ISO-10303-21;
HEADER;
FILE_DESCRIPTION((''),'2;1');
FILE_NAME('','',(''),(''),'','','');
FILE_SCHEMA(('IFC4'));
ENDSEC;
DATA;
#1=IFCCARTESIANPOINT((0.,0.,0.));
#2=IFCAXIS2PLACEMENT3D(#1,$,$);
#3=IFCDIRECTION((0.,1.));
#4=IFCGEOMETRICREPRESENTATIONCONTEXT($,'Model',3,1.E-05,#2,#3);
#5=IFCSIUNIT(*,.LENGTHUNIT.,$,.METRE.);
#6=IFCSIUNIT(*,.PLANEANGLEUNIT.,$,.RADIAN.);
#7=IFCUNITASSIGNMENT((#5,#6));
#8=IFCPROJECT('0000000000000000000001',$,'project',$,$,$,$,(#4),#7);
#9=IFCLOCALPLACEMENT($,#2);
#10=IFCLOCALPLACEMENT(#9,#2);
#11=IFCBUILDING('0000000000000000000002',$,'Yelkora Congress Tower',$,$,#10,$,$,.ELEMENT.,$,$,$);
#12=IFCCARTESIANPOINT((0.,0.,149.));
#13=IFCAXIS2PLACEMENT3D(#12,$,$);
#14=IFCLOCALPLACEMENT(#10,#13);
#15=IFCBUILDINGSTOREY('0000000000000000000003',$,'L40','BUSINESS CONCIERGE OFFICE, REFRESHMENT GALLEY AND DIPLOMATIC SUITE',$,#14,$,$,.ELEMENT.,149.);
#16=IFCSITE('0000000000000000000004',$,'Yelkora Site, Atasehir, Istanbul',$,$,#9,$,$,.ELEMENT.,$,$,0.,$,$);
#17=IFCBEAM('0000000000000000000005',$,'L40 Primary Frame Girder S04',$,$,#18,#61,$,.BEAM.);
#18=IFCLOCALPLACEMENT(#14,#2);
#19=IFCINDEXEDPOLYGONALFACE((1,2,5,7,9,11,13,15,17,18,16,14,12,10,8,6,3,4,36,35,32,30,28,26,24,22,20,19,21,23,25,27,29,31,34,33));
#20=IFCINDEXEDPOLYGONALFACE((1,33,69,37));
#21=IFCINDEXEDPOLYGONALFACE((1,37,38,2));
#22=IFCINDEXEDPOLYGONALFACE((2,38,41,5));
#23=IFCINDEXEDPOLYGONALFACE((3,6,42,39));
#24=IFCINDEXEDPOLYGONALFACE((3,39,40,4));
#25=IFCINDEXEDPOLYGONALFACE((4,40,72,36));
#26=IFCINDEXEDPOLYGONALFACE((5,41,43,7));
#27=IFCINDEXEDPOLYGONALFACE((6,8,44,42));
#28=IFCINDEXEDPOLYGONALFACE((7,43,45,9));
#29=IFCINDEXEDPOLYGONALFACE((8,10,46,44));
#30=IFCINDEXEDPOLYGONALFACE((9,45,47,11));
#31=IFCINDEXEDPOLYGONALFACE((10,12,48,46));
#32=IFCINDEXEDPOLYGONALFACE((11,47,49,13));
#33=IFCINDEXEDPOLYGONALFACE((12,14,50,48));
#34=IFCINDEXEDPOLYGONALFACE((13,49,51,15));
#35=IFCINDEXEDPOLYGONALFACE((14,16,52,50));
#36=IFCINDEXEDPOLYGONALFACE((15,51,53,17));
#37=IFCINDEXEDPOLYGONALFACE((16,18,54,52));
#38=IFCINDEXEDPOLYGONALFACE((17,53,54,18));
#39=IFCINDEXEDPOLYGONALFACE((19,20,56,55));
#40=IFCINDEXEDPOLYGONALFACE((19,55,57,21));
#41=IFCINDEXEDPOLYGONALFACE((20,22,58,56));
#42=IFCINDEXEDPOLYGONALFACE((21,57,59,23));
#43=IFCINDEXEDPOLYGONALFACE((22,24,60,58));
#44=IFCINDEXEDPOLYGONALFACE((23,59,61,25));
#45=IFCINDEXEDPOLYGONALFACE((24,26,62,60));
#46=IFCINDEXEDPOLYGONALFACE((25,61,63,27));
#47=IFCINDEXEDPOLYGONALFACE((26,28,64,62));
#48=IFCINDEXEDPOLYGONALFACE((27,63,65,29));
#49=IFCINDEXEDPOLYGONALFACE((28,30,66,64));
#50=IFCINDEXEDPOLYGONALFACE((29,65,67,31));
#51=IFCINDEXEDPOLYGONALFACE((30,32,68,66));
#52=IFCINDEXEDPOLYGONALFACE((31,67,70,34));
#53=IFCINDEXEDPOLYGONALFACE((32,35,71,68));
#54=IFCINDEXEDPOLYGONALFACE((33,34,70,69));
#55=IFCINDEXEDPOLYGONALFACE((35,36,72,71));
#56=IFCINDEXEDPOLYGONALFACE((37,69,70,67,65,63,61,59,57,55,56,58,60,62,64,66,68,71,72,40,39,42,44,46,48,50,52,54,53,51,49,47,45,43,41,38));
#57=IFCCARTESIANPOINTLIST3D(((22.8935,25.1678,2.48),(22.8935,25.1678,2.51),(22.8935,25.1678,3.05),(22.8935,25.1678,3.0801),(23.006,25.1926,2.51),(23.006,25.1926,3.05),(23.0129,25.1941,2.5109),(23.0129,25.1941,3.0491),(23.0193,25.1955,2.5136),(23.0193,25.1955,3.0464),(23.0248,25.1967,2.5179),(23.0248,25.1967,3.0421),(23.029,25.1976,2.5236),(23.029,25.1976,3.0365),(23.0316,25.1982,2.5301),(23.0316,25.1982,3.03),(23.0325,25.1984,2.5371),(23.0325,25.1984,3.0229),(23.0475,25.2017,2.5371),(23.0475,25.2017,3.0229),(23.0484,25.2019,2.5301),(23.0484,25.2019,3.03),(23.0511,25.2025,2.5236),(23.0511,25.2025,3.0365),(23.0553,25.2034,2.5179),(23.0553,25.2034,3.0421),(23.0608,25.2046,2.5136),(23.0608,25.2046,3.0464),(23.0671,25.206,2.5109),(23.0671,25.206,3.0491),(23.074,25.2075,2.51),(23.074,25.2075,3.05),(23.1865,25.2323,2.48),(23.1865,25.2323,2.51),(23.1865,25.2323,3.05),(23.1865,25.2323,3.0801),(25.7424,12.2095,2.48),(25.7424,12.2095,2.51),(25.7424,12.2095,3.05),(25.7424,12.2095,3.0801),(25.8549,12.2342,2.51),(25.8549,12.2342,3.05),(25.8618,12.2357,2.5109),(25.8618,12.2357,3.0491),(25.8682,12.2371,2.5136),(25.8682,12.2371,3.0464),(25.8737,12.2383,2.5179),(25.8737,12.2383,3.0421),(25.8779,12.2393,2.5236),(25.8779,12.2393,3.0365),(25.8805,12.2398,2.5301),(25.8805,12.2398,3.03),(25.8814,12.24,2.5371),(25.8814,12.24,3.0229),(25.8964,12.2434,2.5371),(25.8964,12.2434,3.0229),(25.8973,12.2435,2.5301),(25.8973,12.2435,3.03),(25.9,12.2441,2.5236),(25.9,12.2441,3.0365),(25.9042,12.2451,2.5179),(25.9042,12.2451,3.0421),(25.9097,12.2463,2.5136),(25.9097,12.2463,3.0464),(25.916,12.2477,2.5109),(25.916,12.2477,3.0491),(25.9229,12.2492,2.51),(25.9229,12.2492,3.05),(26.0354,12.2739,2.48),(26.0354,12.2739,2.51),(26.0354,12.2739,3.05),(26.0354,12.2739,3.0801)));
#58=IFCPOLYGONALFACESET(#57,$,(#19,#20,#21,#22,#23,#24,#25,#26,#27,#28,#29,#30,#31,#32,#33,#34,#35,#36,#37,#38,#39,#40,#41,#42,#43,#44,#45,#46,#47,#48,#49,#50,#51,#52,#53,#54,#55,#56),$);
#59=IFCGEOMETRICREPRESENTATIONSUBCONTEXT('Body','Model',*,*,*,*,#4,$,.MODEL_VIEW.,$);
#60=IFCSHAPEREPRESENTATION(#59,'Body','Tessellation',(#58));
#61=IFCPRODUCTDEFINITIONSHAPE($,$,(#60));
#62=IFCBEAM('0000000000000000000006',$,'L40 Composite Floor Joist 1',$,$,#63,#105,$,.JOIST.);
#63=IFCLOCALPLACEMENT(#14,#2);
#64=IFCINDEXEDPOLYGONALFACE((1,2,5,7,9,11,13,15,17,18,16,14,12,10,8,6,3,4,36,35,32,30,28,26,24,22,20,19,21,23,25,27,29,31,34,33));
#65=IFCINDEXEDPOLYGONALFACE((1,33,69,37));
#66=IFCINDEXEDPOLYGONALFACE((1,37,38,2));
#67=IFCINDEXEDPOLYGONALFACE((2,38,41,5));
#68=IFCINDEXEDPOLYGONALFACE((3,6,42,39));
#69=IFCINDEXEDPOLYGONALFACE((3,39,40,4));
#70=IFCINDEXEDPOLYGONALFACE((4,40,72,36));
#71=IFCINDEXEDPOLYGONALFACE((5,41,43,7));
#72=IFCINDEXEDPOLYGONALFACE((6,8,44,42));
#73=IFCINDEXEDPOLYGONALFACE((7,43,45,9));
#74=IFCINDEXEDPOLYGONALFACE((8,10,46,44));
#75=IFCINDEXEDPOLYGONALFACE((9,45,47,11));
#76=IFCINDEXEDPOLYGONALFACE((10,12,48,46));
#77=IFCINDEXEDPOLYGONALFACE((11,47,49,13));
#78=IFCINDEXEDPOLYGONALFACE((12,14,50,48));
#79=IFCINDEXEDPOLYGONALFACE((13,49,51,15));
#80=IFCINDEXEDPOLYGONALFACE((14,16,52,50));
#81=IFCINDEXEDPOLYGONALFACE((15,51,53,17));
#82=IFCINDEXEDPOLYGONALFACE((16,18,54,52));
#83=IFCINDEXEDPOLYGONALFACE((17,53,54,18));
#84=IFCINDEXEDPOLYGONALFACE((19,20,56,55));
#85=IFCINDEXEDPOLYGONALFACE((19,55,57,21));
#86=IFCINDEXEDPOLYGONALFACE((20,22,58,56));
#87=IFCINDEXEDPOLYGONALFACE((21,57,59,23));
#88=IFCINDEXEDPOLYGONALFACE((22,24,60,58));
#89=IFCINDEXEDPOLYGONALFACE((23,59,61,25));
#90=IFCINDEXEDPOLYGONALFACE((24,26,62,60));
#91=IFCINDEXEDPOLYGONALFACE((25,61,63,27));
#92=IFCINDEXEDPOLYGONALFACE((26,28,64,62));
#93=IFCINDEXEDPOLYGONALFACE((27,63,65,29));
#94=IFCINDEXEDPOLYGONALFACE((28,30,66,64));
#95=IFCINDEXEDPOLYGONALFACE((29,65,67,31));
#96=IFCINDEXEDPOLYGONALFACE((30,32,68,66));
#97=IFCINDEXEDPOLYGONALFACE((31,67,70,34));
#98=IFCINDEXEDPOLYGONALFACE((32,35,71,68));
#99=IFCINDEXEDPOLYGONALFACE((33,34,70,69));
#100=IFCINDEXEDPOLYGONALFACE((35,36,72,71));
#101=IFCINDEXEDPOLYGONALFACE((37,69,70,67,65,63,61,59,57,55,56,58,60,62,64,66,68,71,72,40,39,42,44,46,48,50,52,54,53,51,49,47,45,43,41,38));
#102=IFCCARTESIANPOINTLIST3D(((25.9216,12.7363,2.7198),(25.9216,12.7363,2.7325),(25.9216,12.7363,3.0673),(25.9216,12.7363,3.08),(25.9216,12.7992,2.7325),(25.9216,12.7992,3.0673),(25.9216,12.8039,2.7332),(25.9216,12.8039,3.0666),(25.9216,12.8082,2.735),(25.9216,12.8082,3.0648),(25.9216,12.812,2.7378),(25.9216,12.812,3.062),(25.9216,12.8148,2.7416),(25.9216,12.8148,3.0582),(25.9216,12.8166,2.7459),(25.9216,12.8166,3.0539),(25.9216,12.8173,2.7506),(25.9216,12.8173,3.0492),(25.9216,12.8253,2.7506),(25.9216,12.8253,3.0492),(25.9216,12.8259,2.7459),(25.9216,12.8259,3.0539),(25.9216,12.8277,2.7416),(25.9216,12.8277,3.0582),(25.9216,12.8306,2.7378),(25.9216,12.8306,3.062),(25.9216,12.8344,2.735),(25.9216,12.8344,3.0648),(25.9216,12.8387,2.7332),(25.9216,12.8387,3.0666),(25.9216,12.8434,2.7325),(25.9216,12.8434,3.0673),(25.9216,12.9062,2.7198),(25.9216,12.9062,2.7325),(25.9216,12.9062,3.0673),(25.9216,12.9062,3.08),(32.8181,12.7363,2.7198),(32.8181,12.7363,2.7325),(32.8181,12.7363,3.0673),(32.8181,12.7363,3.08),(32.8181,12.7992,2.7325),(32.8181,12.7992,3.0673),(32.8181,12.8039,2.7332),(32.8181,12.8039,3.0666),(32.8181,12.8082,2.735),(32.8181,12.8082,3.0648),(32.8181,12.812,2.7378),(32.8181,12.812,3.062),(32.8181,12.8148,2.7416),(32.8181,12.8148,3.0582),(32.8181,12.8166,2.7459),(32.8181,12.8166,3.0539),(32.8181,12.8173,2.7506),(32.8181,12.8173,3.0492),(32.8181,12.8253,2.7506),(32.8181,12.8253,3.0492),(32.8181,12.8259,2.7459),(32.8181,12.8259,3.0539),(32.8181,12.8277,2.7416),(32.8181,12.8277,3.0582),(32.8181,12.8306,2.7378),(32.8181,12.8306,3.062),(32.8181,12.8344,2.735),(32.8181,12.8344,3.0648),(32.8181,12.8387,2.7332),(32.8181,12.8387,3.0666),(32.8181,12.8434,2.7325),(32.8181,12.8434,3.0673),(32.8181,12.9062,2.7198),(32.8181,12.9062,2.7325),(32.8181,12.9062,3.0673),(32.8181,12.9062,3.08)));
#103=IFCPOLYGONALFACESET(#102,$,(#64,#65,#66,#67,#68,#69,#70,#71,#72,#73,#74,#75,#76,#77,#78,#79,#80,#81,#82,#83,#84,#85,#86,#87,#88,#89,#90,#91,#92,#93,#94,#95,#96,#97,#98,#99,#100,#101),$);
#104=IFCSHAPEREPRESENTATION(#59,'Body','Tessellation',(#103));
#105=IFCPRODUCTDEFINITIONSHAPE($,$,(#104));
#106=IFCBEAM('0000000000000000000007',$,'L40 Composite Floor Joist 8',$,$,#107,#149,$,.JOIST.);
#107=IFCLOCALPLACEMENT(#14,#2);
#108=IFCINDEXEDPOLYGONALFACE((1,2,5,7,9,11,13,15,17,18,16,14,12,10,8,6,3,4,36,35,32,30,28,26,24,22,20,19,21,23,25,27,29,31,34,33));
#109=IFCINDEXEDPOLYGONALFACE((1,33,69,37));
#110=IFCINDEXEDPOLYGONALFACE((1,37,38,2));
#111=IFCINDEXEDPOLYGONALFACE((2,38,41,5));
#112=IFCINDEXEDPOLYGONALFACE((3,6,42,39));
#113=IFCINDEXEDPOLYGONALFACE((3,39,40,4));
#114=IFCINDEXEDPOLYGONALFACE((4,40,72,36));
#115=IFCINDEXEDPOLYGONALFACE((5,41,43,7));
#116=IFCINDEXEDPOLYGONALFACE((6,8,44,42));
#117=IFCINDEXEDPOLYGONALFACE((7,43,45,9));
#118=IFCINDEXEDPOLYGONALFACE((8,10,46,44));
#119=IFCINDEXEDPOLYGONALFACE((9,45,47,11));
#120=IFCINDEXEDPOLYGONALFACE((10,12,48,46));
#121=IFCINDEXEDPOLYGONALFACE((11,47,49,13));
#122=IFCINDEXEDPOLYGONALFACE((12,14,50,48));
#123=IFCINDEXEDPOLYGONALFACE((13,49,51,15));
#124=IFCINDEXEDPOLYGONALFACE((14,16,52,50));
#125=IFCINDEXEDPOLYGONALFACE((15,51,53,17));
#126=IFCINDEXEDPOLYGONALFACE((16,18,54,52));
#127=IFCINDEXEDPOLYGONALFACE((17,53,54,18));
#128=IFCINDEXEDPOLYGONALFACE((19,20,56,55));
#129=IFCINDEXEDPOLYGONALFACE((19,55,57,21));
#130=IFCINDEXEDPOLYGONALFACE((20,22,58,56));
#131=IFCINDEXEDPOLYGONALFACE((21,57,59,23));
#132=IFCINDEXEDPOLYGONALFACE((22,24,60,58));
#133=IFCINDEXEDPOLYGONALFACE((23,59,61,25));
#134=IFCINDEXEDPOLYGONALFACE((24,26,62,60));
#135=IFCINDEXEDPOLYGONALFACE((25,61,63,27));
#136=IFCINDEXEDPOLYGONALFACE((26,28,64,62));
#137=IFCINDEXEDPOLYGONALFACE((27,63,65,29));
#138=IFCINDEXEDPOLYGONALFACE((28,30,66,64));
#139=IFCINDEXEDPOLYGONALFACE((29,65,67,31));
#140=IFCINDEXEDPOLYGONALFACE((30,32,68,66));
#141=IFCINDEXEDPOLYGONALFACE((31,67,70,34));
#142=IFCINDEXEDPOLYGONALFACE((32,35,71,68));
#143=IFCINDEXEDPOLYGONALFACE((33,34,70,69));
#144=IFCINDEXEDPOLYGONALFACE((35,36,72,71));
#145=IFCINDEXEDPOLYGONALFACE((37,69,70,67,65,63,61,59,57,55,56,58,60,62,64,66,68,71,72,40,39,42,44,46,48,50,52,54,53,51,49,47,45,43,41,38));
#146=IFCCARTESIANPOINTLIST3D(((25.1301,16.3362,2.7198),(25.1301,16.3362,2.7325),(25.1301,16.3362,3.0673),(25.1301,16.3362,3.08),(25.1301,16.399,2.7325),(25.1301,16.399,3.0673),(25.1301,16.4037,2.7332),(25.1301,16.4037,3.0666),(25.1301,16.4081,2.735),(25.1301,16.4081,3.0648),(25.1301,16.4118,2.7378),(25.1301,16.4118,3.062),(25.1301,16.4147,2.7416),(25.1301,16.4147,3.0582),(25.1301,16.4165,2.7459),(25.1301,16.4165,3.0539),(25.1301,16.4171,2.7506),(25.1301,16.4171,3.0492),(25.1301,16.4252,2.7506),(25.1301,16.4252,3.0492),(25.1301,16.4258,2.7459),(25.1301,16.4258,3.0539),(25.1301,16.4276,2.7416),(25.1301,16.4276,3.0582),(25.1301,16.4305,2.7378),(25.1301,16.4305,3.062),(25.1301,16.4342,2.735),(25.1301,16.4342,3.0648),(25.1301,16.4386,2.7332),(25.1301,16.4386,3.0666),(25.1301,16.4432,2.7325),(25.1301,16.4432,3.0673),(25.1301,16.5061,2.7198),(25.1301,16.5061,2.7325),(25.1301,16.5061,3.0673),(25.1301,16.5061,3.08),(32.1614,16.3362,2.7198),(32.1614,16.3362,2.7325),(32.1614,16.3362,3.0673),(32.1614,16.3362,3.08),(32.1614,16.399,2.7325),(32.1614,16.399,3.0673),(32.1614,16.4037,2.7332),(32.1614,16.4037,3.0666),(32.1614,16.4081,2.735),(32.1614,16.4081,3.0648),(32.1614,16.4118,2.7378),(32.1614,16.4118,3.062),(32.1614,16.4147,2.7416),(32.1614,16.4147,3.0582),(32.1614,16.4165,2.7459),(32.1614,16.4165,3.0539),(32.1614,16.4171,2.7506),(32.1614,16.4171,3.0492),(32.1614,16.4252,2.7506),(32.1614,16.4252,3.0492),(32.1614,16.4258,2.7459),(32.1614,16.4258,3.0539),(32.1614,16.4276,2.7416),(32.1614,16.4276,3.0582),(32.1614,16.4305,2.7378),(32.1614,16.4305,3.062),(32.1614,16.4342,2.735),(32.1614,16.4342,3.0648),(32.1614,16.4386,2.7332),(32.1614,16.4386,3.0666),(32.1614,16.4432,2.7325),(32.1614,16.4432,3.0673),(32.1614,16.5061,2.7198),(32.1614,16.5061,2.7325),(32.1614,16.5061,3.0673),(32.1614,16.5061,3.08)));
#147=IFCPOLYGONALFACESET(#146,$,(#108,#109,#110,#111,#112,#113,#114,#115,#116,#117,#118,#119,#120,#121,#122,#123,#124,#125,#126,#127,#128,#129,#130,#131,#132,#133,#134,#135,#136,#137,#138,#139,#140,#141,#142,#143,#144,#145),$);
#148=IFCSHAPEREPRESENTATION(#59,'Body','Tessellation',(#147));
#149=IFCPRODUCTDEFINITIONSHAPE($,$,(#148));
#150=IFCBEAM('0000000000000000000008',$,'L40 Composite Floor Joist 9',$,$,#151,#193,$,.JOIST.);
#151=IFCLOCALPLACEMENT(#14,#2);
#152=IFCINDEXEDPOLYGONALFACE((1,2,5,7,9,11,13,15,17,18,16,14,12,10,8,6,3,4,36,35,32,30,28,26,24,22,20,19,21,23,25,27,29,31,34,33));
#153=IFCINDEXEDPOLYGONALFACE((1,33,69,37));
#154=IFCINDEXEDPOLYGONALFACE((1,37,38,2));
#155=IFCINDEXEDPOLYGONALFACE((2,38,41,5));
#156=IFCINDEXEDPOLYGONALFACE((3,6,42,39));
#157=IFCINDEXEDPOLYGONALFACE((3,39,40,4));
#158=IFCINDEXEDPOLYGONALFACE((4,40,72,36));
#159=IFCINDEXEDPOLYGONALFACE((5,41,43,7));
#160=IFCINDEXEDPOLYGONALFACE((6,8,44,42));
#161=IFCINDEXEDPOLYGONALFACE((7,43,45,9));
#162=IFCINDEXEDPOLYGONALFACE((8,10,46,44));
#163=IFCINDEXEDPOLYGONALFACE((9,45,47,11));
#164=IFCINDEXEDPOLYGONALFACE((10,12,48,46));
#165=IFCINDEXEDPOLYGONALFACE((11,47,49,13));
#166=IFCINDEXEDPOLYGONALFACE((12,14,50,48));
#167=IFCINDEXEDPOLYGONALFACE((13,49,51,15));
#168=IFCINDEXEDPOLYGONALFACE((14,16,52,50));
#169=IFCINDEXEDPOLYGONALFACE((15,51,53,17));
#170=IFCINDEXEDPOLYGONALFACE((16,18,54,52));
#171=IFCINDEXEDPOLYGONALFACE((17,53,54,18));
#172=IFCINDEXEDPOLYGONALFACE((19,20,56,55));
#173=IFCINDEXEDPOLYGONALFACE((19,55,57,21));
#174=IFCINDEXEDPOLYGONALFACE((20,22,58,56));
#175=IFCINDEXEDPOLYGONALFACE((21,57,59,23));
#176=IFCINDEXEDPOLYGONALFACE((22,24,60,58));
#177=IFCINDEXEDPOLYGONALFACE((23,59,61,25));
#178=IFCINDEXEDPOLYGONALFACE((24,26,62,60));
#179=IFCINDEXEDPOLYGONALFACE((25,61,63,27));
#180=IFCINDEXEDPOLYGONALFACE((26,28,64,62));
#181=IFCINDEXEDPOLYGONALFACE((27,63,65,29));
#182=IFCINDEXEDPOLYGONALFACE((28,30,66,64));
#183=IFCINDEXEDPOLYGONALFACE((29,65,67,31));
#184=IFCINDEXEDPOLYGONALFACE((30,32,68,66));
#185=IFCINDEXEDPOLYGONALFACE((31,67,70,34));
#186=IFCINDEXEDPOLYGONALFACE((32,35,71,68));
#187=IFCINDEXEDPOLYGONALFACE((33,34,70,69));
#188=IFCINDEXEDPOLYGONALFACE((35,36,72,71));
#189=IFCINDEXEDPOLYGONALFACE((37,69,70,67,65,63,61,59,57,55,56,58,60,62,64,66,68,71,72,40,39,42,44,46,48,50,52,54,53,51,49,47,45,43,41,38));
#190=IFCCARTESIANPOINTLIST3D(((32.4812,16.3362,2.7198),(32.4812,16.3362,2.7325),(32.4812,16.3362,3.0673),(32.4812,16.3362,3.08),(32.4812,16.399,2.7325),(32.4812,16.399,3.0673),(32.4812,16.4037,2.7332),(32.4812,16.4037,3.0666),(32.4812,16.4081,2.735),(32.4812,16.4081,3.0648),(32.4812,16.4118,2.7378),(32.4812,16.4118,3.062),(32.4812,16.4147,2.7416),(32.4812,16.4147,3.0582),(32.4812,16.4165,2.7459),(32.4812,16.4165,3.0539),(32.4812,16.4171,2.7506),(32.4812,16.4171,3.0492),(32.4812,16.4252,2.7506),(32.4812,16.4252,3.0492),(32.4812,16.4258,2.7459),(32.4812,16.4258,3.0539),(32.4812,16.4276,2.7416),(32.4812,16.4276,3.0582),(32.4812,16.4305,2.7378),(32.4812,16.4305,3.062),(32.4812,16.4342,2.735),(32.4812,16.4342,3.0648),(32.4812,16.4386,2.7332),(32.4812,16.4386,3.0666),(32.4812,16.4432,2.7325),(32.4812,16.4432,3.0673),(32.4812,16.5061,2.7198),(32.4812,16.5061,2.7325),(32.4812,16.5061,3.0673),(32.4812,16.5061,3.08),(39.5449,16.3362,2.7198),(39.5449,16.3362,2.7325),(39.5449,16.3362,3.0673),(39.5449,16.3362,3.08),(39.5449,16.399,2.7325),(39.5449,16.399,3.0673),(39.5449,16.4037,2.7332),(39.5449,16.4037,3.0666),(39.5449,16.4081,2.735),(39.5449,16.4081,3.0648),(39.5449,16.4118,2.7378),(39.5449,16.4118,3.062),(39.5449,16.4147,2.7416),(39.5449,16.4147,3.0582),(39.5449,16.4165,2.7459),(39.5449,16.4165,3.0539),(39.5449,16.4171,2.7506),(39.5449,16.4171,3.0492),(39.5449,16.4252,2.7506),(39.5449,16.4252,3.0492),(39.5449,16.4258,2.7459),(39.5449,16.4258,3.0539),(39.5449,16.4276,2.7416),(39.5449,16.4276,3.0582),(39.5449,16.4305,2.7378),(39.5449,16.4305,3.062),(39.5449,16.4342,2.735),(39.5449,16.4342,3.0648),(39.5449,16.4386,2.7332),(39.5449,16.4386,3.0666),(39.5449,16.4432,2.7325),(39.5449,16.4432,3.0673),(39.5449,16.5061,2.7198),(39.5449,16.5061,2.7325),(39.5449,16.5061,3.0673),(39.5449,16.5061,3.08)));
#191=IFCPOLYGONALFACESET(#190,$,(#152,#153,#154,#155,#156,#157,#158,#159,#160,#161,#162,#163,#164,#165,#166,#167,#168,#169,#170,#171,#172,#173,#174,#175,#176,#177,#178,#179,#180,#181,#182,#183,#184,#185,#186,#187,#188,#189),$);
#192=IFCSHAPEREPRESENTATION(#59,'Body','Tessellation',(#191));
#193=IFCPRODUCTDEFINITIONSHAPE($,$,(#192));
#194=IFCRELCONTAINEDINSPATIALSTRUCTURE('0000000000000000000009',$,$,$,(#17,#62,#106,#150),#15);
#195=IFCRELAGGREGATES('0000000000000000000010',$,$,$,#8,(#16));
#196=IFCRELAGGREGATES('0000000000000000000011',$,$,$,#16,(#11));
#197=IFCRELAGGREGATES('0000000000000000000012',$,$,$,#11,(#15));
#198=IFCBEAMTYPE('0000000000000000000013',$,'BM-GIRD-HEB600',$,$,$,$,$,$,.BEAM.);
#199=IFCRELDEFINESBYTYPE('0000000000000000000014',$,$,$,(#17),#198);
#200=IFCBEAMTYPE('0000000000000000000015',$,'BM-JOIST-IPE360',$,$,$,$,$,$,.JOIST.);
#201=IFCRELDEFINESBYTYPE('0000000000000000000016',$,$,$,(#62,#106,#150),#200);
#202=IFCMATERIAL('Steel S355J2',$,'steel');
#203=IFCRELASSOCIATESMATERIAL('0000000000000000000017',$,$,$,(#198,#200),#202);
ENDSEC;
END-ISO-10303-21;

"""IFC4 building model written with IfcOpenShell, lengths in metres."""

from ifc_helpers import new_model, si_unit, direction, frame, origin, origin_2d, place, context, subcontext, project, spatial, i_section, extrude, material, material_profile, profile_set, type_object, element, save


model = new_model("IFC4")

# Units and contexts
model_context = context("Model", 3, precision=1e-05, world=origin(), true_north=direction((0.0, 1.0)))
body_context = subcontext(model_context, "Body", "Model", "MODEL_VIEW")
ifc_project = project(units=[si_unit("LENGTHUNIT", "METRE"), si_unit("PLANEANGLEUNIT", "RADIAN")], contexts=[model_context])

# Site, building, storey
site_placement = place(None, origin())
site = spatial("IfcSite", under=ifc_project, at=site_placement, Name="Yelkora Site, Atasehir, Istanbul", CompositionType="ELEMENT", RefElevation=0.0)
building_placement = place(site_placement, origin())
building = spatial("IfcBuilding", under=site, at=building_placement, Name="Yelkora Congress Tower", CompositionType="ELEMENT")
storey_placement = place(building_placement, frame((0.0, 0.0, 149.0)))
storey = spatial("IfcBuildingStorey", under=building, at=storey_placement, Name="L40", Description="BUSINESS CONCIERGE OFFICE, REFRESHMENT GALLEY AND DIPLOMATIC SUITE", CompositionType="ELEMENT", Elevation=149.0)

# Beams
ifc_material_1 = material(Name="Steel S355J2", Category="steel")
ifc_material_profile_1 = material_profile(ifc_material_1, i_section(OverallWidth=0.3, OverallDepth=0.6001, WebThickness=0.0154, FlangeThickness=0.03, FilletRadius=0.0271, at=origin_2d()), Name="HEB 600")
ifc_profile_set_1 = profile_set([ifc_material_profile_1], Name="Steel S355J2")
beam_type_1 = type_object("IfcBeamType", Name="BM-GIRD-HEB600", PredefinedType="BEAM", material=ifc_profile_set_1)
beam_1_placement = place(storey_placement, frame((25.8889, 12.2417, 2.78), z_axis=(-0.214722, 0.976675, 0.0), x_axis=(-0.976675, -0.214722, 0.0)))
element("IfcBeam", 1, at=beam_1_placement, inside=storey, type_object=beam_type_1, Name="L40 Primary Frame Girder S04", PredefinedType="BEAM", context=body_context, shape_type="SweptSolid", body=[
    extrude(i_section(OverallWidth=0.3, OverallDepth=0.6001, WebThickness=0.0154, FlangeThickness=0.03, FilletRadius=0.0271, at=origin_2d()), origin(), (0.0, 0.0, 1.0), 13.2678),
])
ifc_material_profile_2 = material_profile(ifc_material_1, i_section(OverallWidth=0.1699, OverallDepth=0.3601, WebThickness=0.0081, FlangeThickness=0.0127, FilletRadius=0.0181, at=origin_2d()), Name="IPE 360")
ifc_profile_set_2 = profile_set([ifc_material_profile_2], Name="Steel S355J2")
beam_type_2 = type_object("IfcBeamType", Name="BM-JOIST-IPE360", PredefinedType="JOIST", material=ifc_profile_set_2)
beam_2_placement = place(storey_placement, frame((25.9216, 12.8213, 2.8999), z_axis=(1.0, 0.0, 0.0), x_axis=(0.0, 1.0, 0.0)))
element("IfcBeam", 2, at=beam_2_placement, inside=storey, type_object=beam_type_2, Name="L40 Composite Floor Joist 1", PredefinedType="JOIST", context=body_context, shape_type="SweptSolid", body=[
    extrude(i_section(OverallWidth=0.1699, OverallDepth=0.3601, WebThickness=0.0081, FlangeThickness=0.0127, FilletRadius=0.0181, at=origin_2d()), origin(), (0.0, 0.0, 1.0), 6.8965),
])
beam_3_placement = place(storey_placement, frame((25.1301, 16.4211, 2.8999), z_axis=(1.0, 0.0, 0.0), x_axis=(0.0, 1.0, 0.0)))
element("IfcBeam", 3, at=beam_3_placement, inside=storey, type_object=beam_type_2, Name="L40 Composite Floor Joist 8", PredefinedType="JOIST", context=body_context, shape_type="SweptSolid", body=[
    extrude(i_section(OverallWidth=0.1699, OverallDepth=0.3601, WebThickness=0.0081, FlangeThickness=0.0127, FilletRadius=0.0181, at=origin_2d()), origin(), (0.0, 0.0, 1.0), 7.0312),
])
beam_4_placement = place(storey_placement, frame((32.4812, 16.4211, 2.8999), z_axis=(1.0, 0.0, 0.0), x_axis=(0.0, 1.0, 0.0)))
element("IfcBeam", 4, at=beam_4_placement, inside=storey, type_object=beam_type_2, Name="L40 Composite Floor Joist 9", PredefinedType="JOIST", context=body_context, shape_type="SweptSolid", body=[
    extrude(i_section(OverallWidth=0.1699, OverallDepth=0.3601, WebThickness=0.0081, FlangeThickness=0.0127, FilletRadius=0.0181, at=origin_2d()), origin(), (0.0, 0.0, 1.0), 7.0637),
])

save(model, "model.ifc")
